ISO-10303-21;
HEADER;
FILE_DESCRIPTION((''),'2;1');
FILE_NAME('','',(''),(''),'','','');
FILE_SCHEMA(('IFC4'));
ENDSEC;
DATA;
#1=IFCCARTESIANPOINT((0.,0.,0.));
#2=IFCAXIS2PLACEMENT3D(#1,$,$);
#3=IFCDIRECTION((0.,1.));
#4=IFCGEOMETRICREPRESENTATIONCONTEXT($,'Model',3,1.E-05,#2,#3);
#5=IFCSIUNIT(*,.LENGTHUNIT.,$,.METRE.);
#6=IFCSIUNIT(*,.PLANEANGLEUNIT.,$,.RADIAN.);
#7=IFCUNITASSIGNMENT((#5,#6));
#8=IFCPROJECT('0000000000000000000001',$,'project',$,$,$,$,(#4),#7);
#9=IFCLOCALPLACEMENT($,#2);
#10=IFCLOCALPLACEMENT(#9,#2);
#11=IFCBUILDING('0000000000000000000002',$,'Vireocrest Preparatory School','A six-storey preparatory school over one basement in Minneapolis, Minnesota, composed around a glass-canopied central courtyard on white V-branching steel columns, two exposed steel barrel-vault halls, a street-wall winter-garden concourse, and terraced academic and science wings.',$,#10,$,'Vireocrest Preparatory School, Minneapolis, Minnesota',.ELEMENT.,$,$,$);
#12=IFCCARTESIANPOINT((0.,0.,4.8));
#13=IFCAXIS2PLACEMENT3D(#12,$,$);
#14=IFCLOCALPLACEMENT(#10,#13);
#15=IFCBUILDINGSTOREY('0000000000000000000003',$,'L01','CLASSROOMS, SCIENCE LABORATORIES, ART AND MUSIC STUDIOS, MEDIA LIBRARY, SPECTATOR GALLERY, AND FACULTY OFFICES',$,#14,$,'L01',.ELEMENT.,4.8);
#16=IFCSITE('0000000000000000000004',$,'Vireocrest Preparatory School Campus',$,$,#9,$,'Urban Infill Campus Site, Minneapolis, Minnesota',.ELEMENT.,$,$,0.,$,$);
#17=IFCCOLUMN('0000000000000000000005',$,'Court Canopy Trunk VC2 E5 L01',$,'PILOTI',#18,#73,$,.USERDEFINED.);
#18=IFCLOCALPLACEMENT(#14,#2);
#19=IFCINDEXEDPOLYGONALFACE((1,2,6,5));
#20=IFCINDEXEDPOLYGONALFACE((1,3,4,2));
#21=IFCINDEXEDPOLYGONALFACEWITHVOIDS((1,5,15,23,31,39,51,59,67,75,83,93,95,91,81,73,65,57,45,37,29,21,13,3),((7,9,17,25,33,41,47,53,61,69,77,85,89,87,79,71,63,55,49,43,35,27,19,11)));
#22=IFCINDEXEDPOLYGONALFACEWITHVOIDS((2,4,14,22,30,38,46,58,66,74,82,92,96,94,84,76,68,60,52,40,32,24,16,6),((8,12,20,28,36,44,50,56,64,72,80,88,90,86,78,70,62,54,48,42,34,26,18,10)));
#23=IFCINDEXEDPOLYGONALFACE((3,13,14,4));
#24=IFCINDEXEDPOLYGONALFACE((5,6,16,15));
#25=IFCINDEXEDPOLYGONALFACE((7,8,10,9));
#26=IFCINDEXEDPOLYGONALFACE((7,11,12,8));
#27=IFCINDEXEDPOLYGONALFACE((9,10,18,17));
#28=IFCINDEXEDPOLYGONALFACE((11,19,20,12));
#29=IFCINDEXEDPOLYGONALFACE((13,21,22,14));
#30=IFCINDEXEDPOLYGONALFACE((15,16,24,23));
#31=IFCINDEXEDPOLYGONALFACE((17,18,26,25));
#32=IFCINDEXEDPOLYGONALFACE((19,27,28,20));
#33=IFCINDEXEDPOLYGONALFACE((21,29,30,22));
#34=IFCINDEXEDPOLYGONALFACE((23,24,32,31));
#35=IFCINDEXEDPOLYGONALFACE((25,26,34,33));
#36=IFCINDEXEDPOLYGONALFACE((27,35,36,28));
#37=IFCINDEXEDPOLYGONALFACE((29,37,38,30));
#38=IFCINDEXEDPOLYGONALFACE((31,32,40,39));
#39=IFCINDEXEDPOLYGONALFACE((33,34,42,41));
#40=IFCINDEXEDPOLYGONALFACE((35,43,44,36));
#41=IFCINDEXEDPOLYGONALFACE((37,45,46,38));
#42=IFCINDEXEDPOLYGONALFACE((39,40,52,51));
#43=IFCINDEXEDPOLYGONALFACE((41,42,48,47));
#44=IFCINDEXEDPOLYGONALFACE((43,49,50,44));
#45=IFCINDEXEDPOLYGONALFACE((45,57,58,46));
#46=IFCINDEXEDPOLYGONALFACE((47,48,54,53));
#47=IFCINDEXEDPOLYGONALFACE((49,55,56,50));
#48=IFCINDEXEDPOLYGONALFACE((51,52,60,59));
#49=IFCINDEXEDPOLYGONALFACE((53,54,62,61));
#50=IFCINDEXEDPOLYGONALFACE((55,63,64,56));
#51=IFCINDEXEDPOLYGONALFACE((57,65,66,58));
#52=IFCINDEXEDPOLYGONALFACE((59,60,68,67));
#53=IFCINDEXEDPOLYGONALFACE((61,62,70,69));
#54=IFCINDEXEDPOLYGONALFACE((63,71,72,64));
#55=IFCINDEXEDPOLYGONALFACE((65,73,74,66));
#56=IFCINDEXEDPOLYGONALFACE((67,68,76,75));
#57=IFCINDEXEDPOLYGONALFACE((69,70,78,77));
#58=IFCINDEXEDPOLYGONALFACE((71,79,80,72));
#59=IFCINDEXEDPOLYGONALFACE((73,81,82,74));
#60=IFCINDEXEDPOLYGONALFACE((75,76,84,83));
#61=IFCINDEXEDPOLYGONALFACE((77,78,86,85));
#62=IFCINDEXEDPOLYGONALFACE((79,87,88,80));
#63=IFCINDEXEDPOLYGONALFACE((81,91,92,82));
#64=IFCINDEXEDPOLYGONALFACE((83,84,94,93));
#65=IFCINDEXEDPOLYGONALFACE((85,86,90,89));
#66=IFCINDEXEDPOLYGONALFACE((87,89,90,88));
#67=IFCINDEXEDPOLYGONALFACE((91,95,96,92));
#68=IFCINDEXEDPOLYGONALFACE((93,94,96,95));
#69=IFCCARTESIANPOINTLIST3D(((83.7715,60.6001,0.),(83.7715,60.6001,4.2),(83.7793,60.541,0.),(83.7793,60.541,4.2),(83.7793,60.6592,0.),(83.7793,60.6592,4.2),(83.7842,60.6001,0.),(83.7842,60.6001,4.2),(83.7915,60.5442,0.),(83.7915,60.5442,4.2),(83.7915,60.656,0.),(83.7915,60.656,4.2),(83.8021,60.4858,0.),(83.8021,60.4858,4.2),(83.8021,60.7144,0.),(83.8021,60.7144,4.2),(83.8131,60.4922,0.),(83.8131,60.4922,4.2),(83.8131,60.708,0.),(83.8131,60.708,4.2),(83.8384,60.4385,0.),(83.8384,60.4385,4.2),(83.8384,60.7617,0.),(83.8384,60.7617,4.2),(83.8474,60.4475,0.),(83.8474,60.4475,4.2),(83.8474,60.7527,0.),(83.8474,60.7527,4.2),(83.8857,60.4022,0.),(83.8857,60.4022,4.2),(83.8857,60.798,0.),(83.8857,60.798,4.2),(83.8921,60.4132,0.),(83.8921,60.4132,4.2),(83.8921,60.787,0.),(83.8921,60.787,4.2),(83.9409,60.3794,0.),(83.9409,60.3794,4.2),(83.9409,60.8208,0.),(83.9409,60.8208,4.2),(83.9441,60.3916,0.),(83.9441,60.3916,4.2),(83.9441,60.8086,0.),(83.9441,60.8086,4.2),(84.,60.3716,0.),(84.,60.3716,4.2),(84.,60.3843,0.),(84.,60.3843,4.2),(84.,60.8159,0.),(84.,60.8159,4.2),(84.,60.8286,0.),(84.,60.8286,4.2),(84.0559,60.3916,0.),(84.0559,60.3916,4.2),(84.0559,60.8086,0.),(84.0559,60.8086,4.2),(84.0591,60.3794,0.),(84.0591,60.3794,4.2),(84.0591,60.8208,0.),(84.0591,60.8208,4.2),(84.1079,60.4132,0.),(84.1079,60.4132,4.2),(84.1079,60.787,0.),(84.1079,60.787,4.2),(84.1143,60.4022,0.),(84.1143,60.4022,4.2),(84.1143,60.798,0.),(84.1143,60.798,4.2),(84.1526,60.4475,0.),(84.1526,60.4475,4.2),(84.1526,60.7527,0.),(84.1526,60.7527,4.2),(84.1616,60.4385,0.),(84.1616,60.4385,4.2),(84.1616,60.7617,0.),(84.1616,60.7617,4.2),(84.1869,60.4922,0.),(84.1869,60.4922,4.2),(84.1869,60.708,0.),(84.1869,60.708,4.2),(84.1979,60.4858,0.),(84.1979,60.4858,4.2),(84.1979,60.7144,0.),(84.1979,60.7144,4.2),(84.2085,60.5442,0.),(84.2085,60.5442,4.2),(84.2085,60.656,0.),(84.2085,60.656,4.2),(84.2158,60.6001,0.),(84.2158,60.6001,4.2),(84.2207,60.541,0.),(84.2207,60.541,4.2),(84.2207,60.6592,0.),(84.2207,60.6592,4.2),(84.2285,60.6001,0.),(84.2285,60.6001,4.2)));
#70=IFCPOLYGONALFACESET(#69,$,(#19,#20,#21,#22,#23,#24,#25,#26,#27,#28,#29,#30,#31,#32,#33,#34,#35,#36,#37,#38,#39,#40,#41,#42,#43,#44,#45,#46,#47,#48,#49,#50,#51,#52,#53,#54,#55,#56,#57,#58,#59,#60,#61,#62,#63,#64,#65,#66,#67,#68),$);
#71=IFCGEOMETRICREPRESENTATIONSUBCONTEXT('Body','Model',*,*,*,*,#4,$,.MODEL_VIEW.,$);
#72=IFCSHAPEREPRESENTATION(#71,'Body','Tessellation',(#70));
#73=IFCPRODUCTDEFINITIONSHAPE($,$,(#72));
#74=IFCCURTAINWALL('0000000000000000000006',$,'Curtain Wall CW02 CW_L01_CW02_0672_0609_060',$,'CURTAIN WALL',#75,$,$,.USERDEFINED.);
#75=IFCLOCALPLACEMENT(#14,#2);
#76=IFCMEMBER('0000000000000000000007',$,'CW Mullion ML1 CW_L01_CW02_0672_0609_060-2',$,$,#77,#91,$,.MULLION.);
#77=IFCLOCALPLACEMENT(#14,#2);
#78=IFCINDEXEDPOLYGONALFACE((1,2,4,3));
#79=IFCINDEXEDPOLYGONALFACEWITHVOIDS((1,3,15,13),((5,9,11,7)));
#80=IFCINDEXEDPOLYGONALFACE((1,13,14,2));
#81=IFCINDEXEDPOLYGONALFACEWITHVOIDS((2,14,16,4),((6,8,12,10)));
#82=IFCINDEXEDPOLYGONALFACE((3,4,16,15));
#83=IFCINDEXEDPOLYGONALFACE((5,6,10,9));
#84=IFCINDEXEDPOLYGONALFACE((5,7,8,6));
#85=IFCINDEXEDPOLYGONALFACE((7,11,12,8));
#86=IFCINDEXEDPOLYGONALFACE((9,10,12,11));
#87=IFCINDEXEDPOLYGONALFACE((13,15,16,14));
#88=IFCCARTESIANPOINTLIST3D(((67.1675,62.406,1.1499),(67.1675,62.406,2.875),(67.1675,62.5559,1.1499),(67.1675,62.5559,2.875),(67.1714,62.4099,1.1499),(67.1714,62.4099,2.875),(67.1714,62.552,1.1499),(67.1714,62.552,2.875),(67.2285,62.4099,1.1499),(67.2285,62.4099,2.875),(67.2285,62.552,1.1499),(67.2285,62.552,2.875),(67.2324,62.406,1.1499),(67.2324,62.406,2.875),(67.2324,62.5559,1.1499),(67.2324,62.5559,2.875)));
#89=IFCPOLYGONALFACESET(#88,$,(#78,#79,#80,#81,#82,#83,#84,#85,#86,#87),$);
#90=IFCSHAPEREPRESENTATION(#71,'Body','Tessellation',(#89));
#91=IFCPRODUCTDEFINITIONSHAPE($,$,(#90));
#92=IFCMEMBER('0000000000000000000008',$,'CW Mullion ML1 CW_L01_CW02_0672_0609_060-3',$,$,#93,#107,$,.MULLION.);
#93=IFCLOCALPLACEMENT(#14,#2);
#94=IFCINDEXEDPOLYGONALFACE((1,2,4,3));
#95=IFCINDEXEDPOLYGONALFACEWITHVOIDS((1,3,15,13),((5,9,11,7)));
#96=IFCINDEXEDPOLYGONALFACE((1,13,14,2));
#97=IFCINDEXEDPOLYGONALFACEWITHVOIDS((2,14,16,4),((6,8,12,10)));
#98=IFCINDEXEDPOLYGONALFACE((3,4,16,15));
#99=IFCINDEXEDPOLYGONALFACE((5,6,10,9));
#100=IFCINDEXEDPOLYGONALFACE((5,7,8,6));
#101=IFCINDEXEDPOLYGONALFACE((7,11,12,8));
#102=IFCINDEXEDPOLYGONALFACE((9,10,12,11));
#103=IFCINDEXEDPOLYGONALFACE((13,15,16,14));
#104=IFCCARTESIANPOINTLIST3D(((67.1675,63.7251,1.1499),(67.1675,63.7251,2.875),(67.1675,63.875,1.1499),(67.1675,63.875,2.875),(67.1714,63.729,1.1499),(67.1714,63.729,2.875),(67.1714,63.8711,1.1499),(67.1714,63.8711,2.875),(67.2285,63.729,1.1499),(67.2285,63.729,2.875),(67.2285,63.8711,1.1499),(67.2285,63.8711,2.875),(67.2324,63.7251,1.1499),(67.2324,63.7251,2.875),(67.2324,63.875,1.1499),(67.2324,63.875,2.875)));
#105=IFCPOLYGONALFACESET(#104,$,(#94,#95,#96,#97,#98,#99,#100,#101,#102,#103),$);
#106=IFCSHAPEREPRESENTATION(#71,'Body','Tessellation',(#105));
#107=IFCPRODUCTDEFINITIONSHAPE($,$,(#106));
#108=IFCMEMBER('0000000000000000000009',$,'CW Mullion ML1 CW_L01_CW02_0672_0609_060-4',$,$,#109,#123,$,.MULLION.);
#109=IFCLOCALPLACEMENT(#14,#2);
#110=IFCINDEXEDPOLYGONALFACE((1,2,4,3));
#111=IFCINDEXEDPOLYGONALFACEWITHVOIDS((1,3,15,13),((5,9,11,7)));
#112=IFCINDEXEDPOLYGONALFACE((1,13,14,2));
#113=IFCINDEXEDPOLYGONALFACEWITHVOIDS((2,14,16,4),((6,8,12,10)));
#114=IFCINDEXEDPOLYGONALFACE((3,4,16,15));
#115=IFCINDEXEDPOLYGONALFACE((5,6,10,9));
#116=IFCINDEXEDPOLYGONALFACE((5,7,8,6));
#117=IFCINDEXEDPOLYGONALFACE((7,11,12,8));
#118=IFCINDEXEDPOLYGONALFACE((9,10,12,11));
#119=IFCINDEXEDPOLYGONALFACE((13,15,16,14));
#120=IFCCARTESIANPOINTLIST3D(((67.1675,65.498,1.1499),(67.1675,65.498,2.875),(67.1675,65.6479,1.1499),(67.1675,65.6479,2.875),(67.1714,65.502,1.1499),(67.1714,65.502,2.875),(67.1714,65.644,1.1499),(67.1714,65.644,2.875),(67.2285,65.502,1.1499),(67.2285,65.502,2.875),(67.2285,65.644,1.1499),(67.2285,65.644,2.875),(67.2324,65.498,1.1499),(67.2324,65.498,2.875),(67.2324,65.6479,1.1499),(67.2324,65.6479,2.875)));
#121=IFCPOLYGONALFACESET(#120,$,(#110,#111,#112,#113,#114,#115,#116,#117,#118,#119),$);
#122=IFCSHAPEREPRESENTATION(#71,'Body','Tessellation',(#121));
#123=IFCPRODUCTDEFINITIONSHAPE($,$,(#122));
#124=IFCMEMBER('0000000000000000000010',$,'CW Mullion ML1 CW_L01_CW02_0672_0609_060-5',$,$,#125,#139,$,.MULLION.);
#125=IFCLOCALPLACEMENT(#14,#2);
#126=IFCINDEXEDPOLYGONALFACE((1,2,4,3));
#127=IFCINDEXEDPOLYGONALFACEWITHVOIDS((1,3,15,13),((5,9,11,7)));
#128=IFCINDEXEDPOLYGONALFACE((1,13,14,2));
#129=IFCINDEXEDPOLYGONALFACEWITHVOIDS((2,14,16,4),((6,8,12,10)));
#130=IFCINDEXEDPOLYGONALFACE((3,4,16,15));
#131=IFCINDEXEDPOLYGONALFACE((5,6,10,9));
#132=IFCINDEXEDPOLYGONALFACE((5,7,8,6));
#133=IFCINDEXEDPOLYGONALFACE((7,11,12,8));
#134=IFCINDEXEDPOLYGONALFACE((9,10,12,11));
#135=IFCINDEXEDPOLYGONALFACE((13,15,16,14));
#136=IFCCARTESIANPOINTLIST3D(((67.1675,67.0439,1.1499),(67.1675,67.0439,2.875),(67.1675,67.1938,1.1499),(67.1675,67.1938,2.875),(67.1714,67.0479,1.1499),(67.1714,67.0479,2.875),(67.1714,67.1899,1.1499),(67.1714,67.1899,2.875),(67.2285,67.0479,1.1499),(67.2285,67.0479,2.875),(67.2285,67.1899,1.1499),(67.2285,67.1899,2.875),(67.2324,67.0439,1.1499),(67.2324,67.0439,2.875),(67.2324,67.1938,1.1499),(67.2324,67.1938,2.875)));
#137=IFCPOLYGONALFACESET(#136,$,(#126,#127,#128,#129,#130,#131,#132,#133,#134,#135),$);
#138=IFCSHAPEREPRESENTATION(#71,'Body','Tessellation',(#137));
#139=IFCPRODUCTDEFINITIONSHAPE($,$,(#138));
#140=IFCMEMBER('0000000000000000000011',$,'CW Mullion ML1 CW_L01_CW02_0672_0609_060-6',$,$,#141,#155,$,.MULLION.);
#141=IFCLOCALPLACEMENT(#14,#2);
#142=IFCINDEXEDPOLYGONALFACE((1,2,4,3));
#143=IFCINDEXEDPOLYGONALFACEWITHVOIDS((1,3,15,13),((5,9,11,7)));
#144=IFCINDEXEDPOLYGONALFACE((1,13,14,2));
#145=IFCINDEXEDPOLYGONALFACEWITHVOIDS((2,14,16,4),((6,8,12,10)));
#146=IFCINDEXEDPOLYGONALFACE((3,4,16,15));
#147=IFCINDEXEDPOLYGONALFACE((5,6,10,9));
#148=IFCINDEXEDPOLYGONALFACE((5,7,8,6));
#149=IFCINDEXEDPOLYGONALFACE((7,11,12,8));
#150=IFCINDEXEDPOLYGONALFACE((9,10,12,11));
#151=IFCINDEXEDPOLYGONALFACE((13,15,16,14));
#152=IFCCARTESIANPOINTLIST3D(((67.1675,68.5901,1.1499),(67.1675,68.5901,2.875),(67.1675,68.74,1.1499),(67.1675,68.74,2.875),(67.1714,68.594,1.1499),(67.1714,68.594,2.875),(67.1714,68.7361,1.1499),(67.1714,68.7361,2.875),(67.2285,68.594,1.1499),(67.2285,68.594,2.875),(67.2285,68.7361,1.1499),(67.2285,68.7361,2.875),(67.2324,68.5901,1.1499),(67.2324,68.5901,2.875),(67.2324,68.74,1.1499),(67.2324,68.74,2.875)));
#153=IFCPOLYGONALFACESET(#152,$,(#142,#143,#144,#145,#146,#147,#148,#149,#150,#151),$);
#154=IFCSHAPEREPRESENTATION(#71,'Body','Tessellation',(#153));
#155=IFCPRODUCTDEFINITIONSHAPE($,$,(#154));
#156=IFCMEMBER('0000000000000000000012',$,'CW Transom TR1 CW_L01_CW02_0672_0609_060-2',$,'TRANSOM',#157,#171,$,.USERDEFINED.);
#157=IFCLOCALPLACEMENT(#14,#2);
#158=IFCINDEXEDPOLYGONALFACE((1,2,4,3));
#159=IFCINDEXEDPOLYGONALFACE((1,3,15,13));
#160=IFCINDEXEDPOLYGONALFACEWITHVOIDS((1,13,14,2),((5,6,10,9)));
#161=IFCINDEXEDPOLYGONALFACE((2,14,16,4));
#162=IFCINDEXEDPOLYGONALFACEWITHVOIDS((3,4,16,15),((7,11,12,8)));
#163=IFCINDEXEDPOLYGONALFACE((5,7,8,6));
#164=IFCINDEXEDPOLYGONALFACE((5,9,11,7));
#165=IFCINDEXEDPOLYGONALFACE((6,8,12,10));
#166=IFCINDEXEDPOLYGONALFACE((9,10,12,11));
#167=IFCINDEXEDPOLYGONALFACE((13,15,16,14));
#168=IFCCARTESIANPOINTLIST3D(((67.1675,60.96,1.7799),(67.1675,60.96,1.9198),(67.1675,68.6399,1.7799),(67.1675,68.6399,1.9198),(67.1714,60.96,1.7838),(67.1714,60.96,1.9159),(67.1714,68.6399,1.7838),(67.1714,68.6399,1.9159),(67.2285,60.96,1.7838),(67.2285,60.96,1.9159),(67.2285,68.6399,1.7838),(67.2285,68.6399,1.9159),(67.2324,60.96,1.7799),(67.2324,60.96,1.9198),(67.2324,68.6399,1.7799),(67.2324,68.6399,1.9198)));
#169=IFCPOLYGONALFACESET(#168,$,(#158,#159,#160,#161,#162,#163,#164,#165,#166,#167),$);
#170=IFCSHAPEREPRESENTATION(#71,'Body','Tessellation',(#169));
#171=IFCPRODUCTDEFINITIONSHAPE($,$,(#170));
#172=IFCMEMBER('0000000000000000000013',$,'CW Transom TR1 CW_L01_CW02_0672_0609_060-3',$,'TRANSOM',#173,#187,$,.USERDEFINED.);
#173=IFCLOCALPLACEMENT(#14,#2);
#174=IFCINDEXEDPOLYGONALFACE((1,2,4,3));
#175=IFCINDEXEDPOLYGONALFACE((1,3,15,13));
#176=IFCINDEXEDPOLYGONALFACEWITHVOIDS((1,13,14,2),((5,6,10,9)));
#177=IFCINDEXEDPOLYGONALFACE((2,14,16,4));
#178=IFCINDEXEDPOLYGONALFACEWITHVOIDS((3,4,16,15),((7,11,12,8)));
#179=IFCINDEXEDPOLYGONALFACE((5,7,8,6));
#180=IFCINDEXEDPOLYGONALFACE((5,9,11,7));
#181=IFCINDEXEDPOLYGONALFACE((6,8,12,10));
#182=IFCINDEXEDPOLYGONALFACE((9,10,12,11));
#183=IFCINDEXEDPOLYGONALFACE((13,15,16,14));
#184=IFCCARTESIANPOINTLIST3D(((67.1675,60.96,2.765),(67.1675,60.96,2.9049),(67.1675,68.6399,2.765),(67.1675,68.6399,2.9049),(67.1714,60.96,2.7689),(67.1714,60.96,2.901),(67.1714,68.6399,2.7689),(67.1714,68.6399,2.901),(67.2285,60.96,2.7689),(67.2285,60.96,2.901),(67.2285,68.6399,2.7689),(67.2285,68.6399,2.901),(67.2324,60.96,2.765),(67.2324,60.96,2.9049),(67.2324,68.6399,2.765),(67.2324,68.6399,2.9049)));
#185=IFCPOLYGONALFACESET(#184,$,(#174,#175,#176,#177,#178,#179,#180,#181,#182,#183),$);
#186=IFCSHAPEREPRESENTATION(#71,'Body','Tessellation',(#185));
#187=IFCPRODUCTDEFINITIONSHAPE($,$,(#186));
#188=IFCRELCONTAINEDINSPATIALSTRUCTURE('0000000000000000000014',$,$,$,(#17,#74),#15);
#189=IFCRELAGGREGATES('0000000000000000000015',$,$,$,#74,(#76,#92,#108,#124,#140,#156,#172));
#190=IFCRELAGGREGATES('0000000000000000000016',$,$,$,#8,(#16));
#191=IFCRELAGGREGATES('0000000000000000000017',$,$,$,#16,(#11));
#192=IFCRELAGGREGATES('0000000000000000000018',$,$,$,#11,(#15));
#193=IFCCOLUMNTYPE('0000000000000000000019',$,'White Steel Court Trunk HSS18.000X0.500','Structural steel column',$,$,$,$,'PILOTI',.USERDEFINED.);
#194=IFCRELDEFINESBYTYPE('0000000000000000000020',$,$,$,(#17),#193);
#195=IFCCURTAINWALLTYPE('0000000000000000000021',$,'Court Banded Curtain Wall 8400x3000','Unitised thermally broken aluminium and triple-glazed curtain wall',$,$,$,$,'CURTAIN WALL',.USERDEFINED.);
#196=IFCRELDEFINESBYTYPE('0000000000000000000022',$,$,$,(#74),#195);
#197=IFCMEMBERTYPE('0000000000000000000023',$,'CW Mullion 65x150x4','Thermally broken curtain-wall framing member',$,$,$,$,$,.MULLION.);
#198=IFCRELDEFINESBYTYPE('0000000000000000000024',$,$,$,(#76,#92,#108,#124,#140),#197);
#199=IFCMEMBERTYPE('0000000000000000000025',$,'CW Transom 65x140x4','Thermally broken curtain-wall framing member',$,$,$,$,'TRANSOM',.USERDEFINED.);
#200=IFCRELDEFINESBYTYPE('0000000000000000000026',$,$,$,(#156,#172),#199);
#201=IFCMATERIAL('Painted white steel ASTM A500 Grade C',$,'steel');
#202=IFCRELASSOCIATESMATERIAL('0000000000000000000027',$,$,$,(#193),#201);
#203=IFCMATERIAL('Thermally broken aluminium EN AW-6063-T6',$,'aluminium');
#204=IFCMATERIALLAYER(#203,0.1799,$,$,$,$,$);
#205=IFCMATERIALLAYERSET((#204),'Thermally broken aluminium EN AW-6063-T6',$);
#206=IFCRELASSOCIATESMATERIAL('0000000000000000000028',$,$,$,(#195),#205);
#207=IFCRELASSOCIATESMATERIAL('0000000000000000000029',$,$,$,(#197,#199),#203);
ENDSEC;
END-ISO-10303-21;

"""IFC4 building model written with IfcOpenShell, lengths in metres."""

from ifc_helpers import new_model, si_unit, direction, frame, origin, origin_2d, place, context, subcontext, project, spatial, hollow_rectangle, hollow_circle, extrude, material, layer, layer_set, material_profile, profile_set, type_object, element, aggregate, save


model = new_model("IFC4")

# Units and contexts
model_context = context("Model", 3, precision=1e-05, world=origin(), true_north=direction((0.0, 1.0)))
body_context = subcontext(model_context, "Body", "Model", "MODEL_VIEW")
ifc_project = project(units=[si_unit("LENGTHUNIT", "METRE"), si_unit("PLANEANGLEUNIT", "RADIAN")], contexts=[model_context])

# Site, building, storey
site_placement = place(None, origin())
site = spatial("IfcSite", under=ifc_project, at=site_placement, Name="Vireocrest Preparatory School Campus", LongName="Urban Infill Campus Site, Minneapolis, Minnesota", CompositionType="ELEMENT", RefElevation=0.0)
building_placement = place(site_placement, origin())
building = spatial("IfcBuilding", under=site, at=building_placement, Name="Vireocrest Preparatory School", Description="A six-storey preparatory school over one basement in Minneapolis, Minnesota, composed around a glass-canopied central courtyard on white V-branching steel columns, two exposed steel barrel-vault halls, a street-wall winter-garden concourse, and terraced academic and science wings.", LongName="Vireocrest Preparatory School, Minneapolis, Minnesota", CompositionType="ELEMENT")
storey_placement = place(building_placement, frame((0.0, 0.0, 4.8)))
storey = spatial("IfcBuildingStorey", under=building, at=storey_placement, Name="L01", Description="CLASSROOMS, SCIENCE LABORATORIES, ART AND MUSIC STUDIOS, MEDIA LIBRARY, SPECTATOR GALLERY, AND FACULTY OFFICES", LongName="L01", CompositionType="ELEMENT", Elevation=4.8)

# Column
ifc_material_1 = material(Name="Painted white steel ASTM A500 Grade C", Category="steel")
ifc_material_profile_1 = material_profile(ifc_material_1, hollow_circle(Radius=0.2285, WallThickness=0.0127, at=origin_2d()), Name="HSS18.000X0.500")
ifc_profile_set_1 = profile_set([ifc_material_profile_1], Name="Painted white steel ASTM A500 Grade C")
column_type_1 = type_object("IfcColumnType", Name="White Steel Court Trunk HSS18.000X0.500", Description="Structural steel column", ElementType="PILOTI", PredefinedType="USERDEFINED", material=ifc_profile_set_1)
for number, where, z_axis, x_axis, name in (
    (1, (84.0, 60.6001, 0.0), (0.0, 0.0, 1.0), (1.0, 0.0, 0.0), "Court Canopy Trunk VC2 E5 L01"),
):
    element("IfcColumn", number, at=place(storey_placement, frame(where, z_axis=z_axis, x_axis=x_axis)), inside=storey, type_object=column_type_1, Name=name, ObjectType="PILOTI", PredefinedType="USERDEFINED", context=body_context, shape_type="SweptSolid", body=[
        extrude(hollow_circle(Radius=0.2285, WallThickness=0.0127, at=origin_2d()), origin(), (0.0, 0.0, 1.0), 4.2),
    ])

# Curtain wall, members
ifc_material_2 = material(Name="Thermally broken aluminium EN AW-6063-T6", Category="aluminium")
ifc_layer_1 = layer(ifc_material_2, 0.1799)
ifc_layer_set_1 = layer_set([ifc_layer_1], Name="Thermally broken aluminium EN AW-6063-T6")
curtain_wall_type = type_object("IfcCurtainWallType", Name="Court Banded Curtain Wall 8400x3000", Description="Unitised thermally broken aluminium and triple-glazed curtain wall", ElementType="CURTAIN WALL", PredefinedType="USERDEFINED", material=ifc_layer_set_1)
curtain_wall_placement = place(storey_placement, origin())
curtain_wall = element("IfcCurtainWall", 2, at=curtain_wall_placement, inside=storey, type_object=curtain_wall_type, Name="Curtain Wall CW02 CW_L01_CW02_0672_0609_060", ObjectType="CURTAIN WALL", PredefinedType="USERDEFINED")
ifc_material_profile_2 = material_profile(ifc_material_2, hollow_rectangle(XDim=0.0649, YDim=0.1499, WallThickness=0.0039, at=origin_2d()), Name="ALU 65x150x4")
ifc_profile_set_2 = profile_set([ifc_material_profile_2], Name="Thermally broken aluminium EN AW-6063-T6")
member_type_1 = type_object("IfcMemberType", Name="CW Mullion 65x150x4", Description="Thermally broken curtain-wall framing member", PredefinedType="MULLION", material=ifc_profile_set_2)
member_1_placement = place(storey_placement, frame((67.2, 62.481, 1.1499), z_axis=(0.0, 0.0, 1.0), x_axis=(1.0, 0.0, 0.0)))
member_1 = element("IfcMember", 3, at=member_1_placement, type_object=member_type_1, Name="CW Mullion ML1 CW_L01_CW02_0672_0609_060-2", PredefinedType="MULLION", context=body_context, shape_type="SweptSolid", body=[
    extrude(hollow_rectangle(XDim=0.0649, YDim=0.1499, WallThickness=0.0039, at=origin_2d()), origin(), (0.0, 0.0, 1.0), 1.7251),
])
member_2_placement = place(storey_placement, frame((67.2, 63.8, 1.1499), z_axis=(0.0, 0.0, 1.0), x_axis=(1.0, 0.0, 0.0)))
member_2 = element("IfcMember", 4, at=member_2_placement, type_object=member_type_1, Name="CW Mullion ML1 CW_L01_CW02_0672_0609_060-3", PredefinedType="MULLION", context=body_context, shape_type="SweptSolid", body=[
    extrude(hollow_rectangle(XDim=0.0649, YDim=0.1499, WallThickness=0.0039, at=origin_2d()), origin(), (0.0, 0.0, 1.0), 1.7251),
])
member_3_placement = place(storey_placement, frame((67.2, 65.573, 1.1499), z_axis=(0.0, 0.0, 1.0), x_axis=(1.0, 0.0, 0.0)))
member_3 = element("IfcMember", 5, at=member_3_placement, type_object=member_type_1, Name="CW Mullion ML1 CW_L01_CW02_0672_0609_060-4", PredefinedType="MULLION", context=body_context, shape_type="SweptSolid", body=[
    extrude(hollow_rectangle(XDim=0.0649, YDim=0.1499, WallThickness=0.0039, at=origin_2d()), origin(), (0.0, 0.0, 1.0), 1.7251),
])
member_4_placement = place(storey_placement, frame((67.2, 67.1189, 1.1499), z_axis=(0.0, 0.0, 1.0), x_axis=(1.0, 0.0, 0.0)))
member_4 = element("IfcMember", 6, at=member_4_placement, type_object=member_type_1, Name="CW Mullion ML1 CW_L01_CW02_0672_0609_060-5", PredefinedType="MULLION", context=body_context, shape_type="SweptSolid", body=[
    extrude(hollow_rectangle(XDim=0.0649, YDim=0.1499, WallThickness=0.0039, at=origin_2d()), origin(), (0.0, 0.0, 1.0), 1.7251),
])
member_5_placement = place(storey_placement, frame((67.2, 68.665, 1.1499), z_axis=(0.0, 0.0, 1.0), x_axis=(1.0, 0.0, 0.0)))
member_5 = element("IfcMember", 7, at=member_5_placement, type_object=member_type_1, Name="CW Mullion ML1 CW_L01_CW02_0672_0609_060-6", PredefinedType="MULLION", context=body_context, shape_type="SweptSolid", body=[
    extrude(hollow_rectangle(XDim=0.0649, YDim=0.1499, WallThickness=0.0039, at=origin_2d()), origin(), (0.0, 0.0, 1.0), 1.7251),
])
ifc_material_profile_3 = material_profile(ifc_material_2, hollow_rectangle(XDim=0.0649, YDim=0.1399, WallThickness=0.0039, at=origin_2d()), Name="ALU 65x140x4")
ifc_profile_set_3 = profile_set([ifc_material_profile_3], Name="Thermally broken aluminium EN AW-6063-T6")
member_type_2 = type_object("IfcMemberType", Name="CW Transom 65x140x4", Description="Thermally broken curtain-wall framing member", ElementType="TRANSOM", PredefinedType="USERDEFINED", material=ifc_profile_set_3)
member_6_placement = place(storey_placement, frame((67.2, 60.96, 1.8499), z_axis=(0.0, 1.0, 0.0), x_axis=(-1.0, 0.0, 0.0)))
member_6 = element("IfcMember", 8, at=member_6_placement, type_object=member_type_2, Name="CW Transom TR1 CW_L01_CW02_0672_0609_060-2", ObjectType="TRANSOM", PredefinedType="USERDEFINED", context=body_context, shape_type="SweptSolid", body=[
    extrude(hollow_rectangle(XDim=0.0649, YDim=0.1399, WallThickness=0.0039, at=origin_2d()), origin(), (0.0, 0.0, 1.0), 7.6799),
])
member_7_placement = place(storey_placement, frame((67.2, 60.96, 2.835), z_axis=(0.0, 1.0, 0.0), x_axis=(-1.0, 0.0, 0.0)))
member_7 = element("IfcMember", 9, at=member_7_placement, type_object=member_type_2, Name="CW Transom TR1 CW_L01_CW02_0672_0609_060-3", ObjectType="TRANSOM", PredefinedType="USERDEFINED", context=body_context, shape_type="SweptSolid", body=[
    extrude(hollow_rectangle(XDim=0.0649, YDim=0.1399, WallThickness=0.0039, at=origin_2d()), origin(), (0.0, 0.0, 1.0), 7.6799),
])

aggregate(curtain_wall, [member_1, member_2, member_3, member_4, member_5, member_6, member_7])

save(model, "model.ifc")
